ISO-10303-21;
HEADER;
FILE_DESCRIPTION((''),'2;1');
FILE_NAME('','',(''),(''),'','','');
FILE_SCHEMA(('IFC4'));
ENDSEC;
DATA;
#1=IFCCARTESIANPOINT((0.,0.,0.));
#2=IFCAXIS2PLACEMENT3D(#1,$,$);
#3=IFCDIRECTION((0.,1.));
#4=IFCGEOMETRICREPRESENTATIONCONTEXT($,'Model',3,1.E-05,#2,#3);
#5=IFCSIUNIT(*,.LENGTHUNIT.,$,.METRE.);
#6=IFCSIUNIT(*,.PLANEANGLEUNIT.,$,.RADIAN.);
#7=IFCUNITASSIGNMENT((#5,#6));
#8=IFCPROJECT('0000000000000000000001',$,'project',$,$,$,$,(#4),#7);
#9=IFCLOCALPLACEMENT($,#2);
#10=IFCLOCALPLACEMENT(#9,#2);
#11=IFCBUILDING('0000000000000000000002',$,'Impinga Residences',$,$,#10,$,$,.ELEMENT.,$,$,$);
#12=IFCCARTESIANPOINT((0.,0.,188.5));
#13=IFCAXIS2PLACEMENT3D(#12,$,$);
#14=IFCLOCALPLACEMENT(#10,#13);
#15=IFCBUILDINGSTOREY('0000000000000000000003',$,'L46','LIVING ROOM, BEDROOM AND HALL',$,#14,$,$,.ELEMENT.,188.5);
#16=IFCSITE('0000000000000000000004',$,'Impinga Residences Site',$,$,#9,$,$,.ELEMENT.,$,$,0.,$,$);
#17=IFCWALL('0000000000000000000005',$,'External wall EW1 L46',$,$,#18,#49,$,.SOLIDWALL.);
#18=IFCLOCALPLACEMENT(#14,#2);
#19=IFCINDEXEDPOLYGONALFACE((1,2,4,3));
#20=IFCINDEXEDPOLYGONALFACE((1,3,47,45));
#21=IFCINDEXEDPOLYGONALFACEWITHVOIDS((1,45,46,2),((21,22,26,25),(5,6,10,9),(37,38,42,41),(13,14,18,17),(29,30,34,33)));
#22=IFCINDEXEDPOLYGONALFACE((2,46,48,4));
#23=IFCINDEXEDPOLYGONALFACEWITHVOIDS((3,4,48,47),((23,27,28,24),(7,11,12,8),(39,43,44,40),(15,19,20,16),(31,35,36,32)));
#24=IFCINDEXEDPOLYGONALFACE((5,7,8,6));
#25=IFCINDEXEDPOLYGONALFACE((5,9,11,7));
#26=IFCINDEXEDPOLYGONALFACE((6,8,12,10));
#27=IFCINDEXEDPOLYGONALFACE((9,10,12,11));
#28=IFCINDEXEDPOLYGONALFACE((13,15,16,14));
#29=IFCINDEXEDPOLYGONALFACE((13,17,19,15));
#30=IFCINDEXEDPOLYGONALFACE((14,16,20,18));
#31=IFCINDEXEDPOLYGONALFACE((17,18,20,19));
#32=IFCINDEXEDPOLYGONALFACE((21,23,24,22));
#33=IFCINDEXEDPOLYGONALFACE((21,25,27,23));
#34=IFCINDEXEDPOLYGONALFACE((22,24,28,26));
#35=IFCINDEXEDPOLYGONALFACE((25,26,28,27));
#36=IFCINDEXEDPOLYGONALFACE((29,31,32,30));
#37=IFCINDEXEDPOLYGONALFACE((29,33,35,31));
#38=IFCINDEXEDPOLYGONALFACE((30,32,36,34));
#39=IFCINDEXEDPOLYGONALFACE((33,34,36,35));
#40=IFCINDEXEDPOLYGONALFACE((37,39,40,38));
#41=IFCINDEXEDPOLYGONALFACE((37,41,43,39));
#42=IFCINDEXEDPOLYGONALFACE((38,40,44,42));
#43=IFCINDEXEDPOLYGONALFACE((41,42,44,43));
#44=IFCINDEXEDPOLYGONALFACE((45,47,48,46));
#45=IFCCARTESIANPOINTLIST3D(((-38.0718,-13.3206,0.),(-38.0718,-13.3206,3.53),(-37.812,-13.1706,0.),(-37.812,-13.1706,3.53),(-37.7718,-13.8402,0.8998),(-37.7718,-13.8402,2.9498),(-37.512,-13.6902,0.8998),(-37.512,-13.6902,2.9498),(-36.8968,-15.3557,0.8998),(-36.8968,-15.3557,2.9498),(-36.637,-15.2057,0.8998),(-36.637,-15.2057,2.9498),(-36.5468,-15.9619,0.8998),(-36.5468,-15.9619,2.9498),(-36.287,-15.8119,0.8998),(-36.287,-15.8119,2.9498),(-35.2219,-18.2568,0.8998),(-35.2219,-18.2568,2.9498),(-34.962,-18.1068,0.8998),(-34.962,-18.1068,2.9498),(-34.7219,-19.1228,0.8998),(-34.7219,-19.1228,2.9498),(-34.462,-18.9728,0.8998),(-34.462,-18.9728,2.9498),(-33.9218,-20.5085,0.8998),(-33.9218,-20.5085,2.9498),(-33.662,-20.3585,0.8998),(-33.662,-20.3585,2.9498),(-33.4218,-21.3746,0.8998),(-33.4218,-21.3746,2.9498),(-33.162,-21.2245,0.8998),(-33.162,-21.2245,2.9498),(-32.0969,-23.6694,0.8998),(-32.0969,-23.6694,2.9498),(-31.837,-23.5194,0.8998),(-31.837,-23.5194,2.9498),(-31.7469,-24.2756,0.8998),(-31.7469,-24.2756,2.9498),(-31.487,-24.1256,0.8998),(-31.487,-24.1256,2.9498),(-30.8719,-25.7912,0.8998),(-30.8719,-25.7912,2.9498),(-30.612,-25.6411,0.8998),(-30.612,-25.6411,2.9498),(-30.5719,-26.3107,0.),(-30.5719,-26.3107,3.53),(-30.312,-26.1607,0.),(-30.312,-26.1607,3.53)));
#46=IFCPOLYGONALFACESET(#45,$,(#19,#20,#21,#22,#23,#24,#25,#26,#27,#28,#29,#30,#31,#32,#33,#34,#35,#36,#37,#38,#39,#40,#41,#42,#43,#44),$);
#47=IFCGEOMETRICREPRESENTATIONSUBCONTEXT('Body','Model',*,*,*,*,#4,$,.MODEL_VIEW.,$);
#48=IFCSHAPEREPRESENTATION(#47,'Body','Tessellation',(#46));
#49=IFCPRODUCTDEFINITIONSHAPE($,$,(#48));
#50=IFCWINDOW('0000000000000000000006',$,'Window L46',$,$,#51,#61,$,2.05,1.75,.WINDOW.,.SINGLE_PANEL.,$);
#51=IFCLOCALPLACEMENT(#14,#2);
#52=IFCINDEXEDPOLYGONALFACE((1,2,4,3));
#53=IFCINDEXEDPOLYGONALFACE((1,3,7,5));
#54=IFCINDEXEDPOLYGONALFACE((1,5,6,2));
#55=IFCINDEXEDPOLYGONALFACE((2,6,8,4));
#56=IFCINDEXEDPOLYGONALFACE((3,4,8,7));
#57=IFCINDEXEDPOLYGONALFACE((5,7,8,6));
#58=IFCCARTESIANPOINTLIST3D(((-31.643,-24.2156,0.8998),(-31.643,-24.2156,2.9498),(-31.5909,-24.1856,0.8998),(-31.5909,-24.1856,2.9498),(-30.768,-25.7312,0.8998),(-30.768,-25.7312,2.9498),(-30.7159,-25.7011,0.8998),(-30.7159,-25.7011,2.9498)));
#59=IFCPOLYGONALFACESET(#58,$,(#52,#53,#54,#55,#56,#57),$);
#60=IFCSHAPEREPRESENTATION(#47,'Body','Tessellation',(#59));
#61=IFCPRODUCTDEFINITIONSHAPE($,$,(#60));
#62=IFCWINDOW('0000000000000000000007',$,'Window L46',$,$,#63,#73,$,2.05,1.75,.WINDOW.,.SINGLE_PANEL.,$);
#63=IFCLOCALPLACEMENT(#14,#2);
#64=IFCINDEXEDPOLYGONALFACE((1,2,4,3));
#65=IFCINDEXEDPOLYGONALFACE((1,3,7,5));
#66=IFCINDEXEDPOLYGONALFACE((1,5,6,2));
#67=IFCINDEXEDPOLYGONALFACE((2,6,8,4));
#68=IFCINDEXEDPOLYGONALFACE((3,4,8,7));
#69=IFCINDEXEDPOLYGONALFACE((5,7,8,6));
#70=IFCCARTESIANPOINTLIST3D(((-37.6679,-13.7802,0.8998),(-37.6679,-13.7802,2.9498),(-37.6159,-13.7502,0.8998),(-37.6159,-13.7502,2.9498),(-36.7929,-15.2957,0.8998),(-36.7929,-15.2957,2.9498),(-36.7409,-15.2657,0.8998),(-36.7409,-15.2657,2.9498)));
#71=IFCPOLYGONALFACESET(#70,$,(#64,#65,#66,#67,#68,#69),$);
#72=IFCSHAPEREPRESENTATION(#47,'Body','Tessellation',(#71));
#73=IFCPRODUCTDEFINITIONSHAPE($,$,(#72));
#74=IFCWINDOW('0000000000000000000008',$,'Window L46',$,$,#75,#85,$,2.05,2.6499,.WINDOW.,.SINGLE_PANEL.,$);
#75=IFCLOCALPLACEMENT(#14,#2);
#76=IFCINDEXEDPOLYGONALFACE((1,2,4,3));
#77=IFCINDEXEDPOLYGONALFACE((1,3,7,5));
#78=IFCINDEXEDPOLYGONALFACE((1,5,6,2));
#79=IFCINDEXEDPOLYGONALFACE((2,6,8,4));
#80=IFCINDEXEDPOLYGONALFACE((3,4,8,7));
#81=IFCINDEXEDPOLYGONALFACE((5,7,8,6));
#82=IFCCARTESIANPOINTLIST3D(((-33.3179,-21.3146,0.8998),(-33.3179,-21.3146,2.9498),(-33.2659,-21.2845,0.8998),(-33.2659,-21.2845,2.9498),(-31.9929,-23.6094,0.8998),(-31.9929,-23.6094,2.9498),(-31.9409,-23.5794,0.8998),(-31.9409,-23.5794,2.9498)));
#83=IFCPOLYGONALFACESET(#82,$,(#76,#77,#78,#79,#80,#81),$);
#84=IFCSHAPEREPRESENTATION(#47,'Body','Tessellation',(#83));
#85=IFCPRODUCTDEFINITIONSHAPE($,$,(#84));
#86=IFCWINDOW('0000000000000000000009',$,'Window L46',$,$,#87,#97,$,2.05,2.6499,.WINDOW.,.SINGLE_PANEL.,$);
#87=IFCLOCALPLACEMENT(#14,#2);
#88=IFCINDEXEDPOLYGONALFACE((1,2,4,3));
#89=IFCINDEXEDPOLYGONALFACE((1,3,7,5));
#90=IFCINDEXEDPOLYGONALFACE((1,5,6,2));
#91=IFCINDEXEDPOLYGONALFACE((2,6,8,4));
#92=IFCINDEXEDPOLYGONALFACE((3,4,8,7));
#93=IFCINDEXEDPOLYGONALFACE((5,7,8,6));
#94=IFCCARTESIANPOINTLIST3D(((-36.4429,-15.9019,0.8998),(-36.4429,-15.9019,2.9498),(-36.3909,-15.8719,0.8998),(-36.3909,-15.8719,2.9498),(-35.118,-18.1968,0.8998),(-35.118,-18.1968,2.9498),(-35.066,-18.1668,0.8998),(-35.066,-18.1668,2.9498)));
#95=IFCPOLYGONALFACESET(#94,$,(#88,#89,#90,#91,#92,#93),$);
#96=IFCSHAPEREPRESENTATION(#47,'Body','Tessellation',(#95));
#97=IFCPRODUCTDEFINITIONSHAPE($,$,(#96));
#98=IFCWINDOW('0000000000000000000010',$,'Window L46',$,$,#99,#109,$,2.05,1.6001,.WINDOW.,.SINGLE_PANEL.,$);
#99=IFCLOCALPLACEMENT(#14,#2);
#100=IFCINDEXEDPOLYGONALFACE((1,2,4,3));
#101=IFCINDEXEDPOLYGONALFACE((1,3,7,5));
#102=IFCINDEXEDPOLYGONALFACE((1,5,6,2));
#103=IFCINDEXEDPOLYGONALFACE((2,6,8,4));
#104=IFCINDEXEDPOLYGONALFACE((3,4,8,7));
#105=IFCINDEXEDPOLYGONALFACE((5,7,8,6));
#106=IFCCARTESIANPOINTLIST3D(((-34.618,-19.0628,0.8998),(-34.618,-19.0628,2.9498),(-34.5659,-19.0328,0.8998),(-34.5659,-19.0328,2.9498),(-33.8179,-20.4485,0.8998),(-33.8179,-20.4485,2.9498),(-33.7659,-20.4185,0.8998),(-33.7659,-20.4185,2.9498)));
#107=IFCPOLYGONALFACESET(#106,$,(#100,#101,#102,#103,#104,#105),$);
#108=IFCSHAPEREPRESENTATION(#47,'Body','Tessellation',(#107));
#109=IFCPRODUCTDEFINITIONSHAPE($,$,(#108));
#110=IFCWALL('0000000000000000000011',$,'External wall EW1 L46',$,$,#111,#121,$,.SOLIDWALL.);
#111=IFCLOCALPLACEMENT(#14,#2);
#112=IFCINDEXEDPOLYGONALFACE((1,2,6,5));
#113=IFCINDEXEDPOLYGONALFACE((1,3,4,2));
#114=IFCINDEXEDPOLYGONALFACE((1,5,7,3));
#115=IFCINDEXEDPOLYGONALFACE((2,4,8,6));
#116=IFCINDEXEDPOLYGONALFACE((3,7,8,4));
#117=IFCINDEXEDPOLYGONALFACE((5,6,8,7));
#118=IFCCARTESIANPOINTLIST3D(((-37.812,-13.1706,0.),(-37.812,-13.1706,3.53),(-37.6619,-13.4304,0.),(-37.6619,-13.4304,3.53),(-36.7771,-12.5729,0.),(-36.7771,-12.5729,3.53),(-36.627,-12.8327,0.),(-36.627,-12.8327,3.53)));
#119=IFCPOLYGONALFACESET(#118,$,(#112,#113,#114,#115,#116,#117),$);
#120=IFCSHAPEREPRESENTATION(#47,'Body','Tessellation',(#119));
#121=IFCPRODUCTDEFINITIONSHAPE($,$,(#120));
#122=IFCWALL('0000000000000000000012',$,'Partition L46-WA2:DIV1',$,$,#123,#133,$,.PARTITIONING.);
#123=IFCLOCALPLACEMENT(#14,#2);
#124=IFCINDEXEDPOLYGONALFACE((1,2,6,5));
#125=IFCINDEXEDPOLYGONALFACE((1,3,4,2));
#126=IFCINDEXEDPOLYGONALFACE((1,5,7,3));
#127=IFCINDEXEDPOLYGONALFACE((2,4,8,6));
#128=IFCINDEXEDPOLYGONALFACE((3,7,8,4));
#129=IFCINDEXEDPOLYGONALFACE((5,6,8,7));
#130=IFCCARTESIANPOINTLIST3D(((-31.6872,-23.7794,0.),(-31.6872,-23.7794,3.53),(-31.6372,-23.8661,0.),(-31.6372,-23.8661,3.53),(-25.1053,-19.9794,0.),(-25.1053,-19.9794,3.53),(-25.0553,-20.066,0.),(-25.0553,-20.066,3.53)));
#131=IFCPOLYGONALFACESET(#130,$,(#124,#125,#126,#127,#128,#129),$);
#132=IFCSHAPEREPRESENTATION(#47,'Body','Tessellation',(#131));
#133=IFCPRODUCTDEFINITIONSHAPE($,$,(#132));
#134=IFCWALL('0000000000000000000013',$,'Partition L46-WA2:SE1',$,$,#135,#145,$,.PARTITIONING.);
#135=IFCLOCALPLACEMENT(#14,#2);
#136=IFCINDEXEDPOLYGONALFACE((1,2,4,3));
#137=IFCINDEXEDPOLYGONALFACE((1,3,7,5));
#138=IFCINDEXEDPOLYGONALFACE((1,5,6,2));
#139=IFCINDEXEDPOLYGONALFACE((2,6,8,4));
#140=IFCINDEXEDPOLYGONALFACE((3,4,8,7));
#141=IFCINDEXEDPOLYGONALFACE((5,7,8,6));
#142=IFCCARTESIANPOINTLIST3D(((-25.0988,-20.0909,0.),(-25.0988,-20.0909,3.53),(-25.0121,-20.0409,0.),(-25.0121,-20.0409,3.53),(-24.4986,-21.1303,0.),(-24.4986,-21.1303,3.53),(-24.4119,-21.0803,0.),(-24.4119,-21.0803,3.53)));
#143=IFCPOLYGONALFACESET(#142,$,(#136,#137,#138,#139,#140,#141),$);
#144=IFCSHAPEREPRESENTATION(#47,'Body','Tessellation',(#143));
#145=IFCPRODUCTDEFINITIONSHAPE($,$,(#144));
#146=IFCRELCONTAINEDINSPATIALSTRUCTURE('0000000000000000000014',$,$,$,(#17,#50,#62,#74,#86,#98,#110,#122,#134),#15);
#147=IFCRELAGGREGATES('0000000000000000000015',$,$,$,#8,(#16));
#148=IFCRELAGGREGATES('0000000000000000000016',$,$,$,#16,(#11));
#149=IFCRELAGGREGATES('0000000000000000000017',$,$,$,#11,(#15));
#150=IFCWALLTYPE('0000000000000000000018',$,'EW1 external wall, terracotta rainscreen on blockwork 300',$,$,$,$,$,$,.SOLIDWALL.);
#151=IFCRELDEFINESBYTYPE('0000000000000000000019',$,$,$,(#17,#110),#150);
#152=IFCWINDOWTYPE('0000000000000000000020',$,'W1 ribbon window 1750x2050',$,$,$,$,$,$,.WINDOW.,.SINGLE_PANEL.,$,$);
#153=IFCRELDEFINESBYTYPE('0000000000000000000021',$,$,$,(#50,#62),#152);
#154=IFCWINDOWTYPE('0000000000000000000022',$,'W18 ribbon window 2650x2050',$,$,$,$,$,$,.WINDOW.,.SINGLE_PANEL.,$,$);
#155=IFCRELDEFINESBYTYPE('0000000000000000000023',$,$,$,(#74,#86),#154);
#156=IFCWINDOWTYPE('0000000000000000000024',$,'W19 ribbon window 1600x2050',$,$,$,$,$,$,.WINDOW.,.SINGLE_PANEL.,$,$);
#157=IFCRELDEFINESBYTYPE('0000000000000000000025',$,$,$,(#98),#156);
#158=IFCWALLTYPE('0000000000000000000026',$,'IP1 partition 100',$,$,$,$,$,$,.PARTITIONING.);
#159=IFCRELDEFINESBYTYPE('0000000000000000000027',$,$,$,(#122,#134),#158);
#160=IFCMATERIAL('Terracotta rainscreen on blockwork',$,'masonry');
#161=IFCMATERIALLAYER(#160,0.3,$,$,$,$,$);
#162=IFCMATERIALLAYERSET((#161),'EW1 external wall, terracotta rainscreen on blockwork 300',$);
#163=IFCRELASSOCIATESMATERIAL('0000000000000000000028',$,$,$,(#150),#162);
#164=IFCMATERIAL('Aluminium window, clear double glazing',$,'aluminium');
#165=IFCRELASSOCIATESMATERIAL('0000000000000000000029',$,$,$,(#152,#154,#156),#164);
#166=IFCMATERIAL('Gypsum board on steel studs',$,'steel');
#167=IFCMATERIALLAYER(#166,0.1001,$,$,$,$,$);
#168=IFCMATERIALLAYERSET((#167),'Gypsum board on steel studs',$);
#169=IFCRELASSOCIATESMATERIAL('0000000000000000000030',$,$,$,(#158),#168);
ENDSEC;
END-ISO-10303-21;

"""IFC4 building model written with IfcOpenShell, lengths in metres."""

from ifc_helpers import new_model, si_unit, direction, frame, frame_2d, origin, place, context, subcontext, project, spatial, rectangle, extrude, material, layer, layer_set, type_object, element, fill, save


model = new_model("IFC4")

# Units and contexts
model_context = context("Model", 3, precision=1e-05, world=origin(), true_north=direction((0.0, 1.0)))
body_context = subcontext(model_context, "Body", "Model", "MODEL_VIEW")
ifc_project = project(units=[si_unit("LENGTHUNIT", "METRE"), si_unit("PLANEANGLEUNIT", "RADIAN")], contexts=[model_context])

# Site, building, storey
site_placement = place(None, origin())
site = spatial("IfcSite", under=ifc_project, at=site_placement, Name="Impinga Residences Site", CompositionType="ELEMENT", RefElevation=0.0)
building_placement = place(site_placement, origin())
building = spatial("IfcBuilding", under=site, at=building_placement, Name="Impinga Residences", CompositionType="ELEMENT")
storey_placement = place(building_placement, frame((0.0, 0.0, 188.5)))
storey = spatial("IfcBuildingStorey", under=building, at=storey_placement, Name="L46", Description="LIVING ROOM, BEDROOM AND HALL", CompositionType="ELEMENT", Elevation=188.5)

# Shared definitions
ifc_material_1 = material(Name="Terracotta rainscreen on blockwork", Category="masonry")
ifc_layer_1 = layer(ifc_material_1, 0.3)
ifc_layer_set_1 = layer_set([ifc_layer_1], Name="EW1 external wall, terracotta rainscreen on blockwork 300")
wall_type_1 = type_object("IfcWallType", Name="EW1 external wall, terracotta rainscreen on blockwork 300", PredefinedType="SOLIDWALL", material=ifc_layer_set_1)

# Wall, openings, windows
wall_1_placement = place(storey_placement, frame((-30.4419, -26.2358, 0.0), z_axis=(0.0, 0.0, 1.0), x_axis=(-0.500004, 0.866023, 0.0)))
wall_1 = element("IfcWall", 1, at=wall_1_placement, inside=storey, type_object=wall_type_1, Name="External wall EW1 L46", PredefinedType="SOLIDWALL", context=body_context, shape_type="SweptSolid", body=[
    extrude(rectangle(XDim=14.9998, YDim=0.3, at=frame_2d((7.5, 0.0))), origin(), (0.0, 0.0, 1.0), 3.53),
])
opening_1_placement = place(wall_1_placement, frame((0.6001, 0.0, 0.8999)))
opening_1 = element("IfcOpeningElement", 2, at=opening_1_placement, cuts=wall_1, PredefinedType="OPENING", context=body_context, shape_type="SweptSolid", body=[
    extrude(rectangle(XDim=1.75, YDim=2.05, at=frame_2d((0.875, 1.0249))), frame((0.0, 0.1599, 0.0), z_axis=(0.0, -1.0, 0.0), x_axis=(1.0, 0.0, 0.0)), (0.0, 0.0, 1.0), 0.3201),
])
opening_2_placement = place(wall_1_placement, frame((3.05, 0.0, 0.8999)))
opening_2 = element("IfcOpeningElement", 3, at=opening_2_placement, cuts=wall_1, PredefinedType="OPENING", context=body_context, shape_type="SweptSolid", body=[
    extrude(rectangle(XDim=2.6499, YDim=2.05, at=frame_2d((1.325, 1.0249))), frame((0.0, 0.1599, 0.0), z_axis=(0.0, -1.0, 0.0), x_axis=(1.0, 0.0, 0.0)), (0.0, 0.0, 1.0), 0.3201),
])
opening_3_placement = place(wall_1_placement, frame((6.7, 0.0, 0.8999)))
opening_3 = element("IfcOpeningElement", 4, at=opening_3_placement, cuts=wall_1, PredefinedType="OPENING", context=body_context, shape_type="SweptSolid", body=[
    extrude(rectangle(XDim=1.6001, YDim=2.05, at=frame_2d((0.8, 1.0249))), frame((0.0, 0.1599, 0.0), z_axis=(0.0, -1.0, 0.0), x_axis=(1.0, 0.0, 0.0)), (0.0, 0.0, 1.0), 0.3201),
])
opening_4_placement = place(wall_1_placement, frame((9.3, 0.0, 0.8999)))
opening_4 = element("IfcOpeningElement", 5, at=opening_4_placement, cuts=wall_1, PredefinedType="OPENING", context=body_context, shape_type="SweptSolid", body=[
    extrude(rectangle(XDim=2.6499, YDim=2.05, at=frame_2d((1.325, 1.0249))), frame((0.0, 0.1599, 0.0), z_axis=(0.0, -1.0, 0.0), x_axis=(1.0, 0.0, 0.0)), (0.0, 0.0, 1.0), 0.3201),
])
opening_5_placement = place(wall_1_placement, frame((12.6499, 0.0, 0.8999)))
opening_5 = element("IfcOpeningElement", 6, at=opening_5_placement, cuts=wall_1, PredefinedType="OPENING", context=body_context, shape_type="SweptSolid", body=[
    extrude(rectangle(XDim=1.75, YDim=2.05, at=frame_2d((0.875, 1.0249))), frame((0.0, 0.1599, 0.0), z_axis=(0.0, -1.0, 0.0), x_axis=(1.0, 0.0, 0.0)), (0.0, 0.0, 1.0), 0.3201),
])
ifc_material_2 = material(Name="Aluminium window, clear double glazing", Category="aluminium")
window_type_1 = type_object("IfcWindowType", Name="W1 ribbon window 1750x2050", PartitioningType="SINGLE_PANEL", PredefinedType="WINDOW", material=ifc_material_2)
window_1_placement = place(opening_1_placement, origin())
window_1 = element("IfcWindow", 7, at=window_1_placement, inside=storey, type_object=window_type_1, Name="Window L46", OverallHeight=2.05, OverallWidth=1.75, PartitioningType="SINGLE_PANEL", PredefinedType="WINDOW", context=body_context, shape_type="SweptSolid", body=[
    extrude(rectangle(XDim=1.75, YDim=2.05, at=frame_2d((0.875, 1.0249))), frame((0.0, 0.03, 0.0), z_axis=(0.0, -1.0, 0.0), x_axis=(1.0, 0.0, 0.0)), (0.0, 0.0, 1.0), 0.0601),
])
fill(opening_1, window_1)
window_2_placement = place(opening_5_placement, origin())
window_2 = element("IfcWindow", 8, at=window_2_placement, inside=storey, type_object=window_type_1, Name="Window L46", OverallHeight=2.05, OverallWidth=1.75, PartitioningType="SINGLE_PANEL", PredefinedType="WINDOW", context=body_context, shape_type="SweptSolid", body=[
    extrude(rectangle(XDim=1.75, YDim=2.05, at=frame_2d((0.875, 1.0249))), frame((0.0, 0.03, 0.0), z_axis=(0.0, -1.0, 0.0), x_axis=(1.0, 0.0, 0.0)), (0.0, 0.0, 1.0), 0.0601),
])
fill(opening_5, window_2)
window_type_2 = type_object("IfcWindowType", Name="W18 ribbon window 2650x2050", PartitioningType="SINGLE_PANEL", PredefinedType="WINDOW", material=ifc_material_2)
window_3_placement = place(opening_2_placement, origin())
window_3 = element("IfcWindow", 9, at=window_3_placement, inside=storey, type_object=window_type_2, Name="Window L46", OverallHeight=2.05, OverallWidth=2.6499, PartitioningType="SINGLE_PANEL", PredefinedType="WINDOW", context=body_context, shape_type="SweptSolid", body=[
    extrude(rectangle(XDim=2.6499, YDim=2.05, at=frame_2d((1.325, 1.0249))), frame((0.0, 0.03, 0.0), z_axis=(0.0, -1.0, 0.0), x_axis=(1.0, 0.0, 0.0)), (0.0, 0.0, 1.0), 0.0601),
])
fill(opening_2, window_3)
window_4_placement = place(opening_4_placement, origin())
window_4 = element("IfcWindow", 10, at=window_4_placement, inside=storey, type_object=window_type_2, Name="Window L46", OverallHeight=2.05, OverallWidth=2.6499, PartitioningType="SINGLE_PANEL", PredefinedType="WINDOW", context=body_context, shape_type="SweptSolid", body=[
    extrude(rectangle(XDim=2.6499, YDim=2.05, at=frame_2d((1.325, 1.0249))), frame((0.0, 0.03, 0.0), z_axis=(0.0, -1.0, 0.0), x_axis=(1.0, 0.0, 0.0)), (0.0, 0.0, 1.0), 0.0601),
])
fill(opening_4, window_4)
window_type_3 = type_object("IfcWindowType", Name="W19 ribbon window 1600x2050", PartitioningType="SINGLE_PANEL", PredefinedType="WINDOW", material=ifc_material_2)
window_5_placement = place(opening_3_placement, origin())
window_5 = element("IfcWindow", 11, at=window_5_placement, inside=storey, type_object=window_type_3, Name="Window L46", OverallHeight=2.05, OverallWidth=1.6001, PartitioningType="SINGLE_PANEL", PredefinedType="WINDOW", context=body_context, shape_type="SweptSolid", body=[
    extrude(rectangle(XDim=1.6001, YDim=2.05, at=frame_2d((0.8, 1.0249))), frame((0.0, 0.03, 0.0), z_axis=(0.0, -1.0, 0.0), x_axis=(1.0, 0.0, 0.0)), (0.0, 0.0, 1.0), 0.0601),
])
fill(opening_3, window_5)

# Walls
wall_2_placement = place(storey_placement, frame((-37.7371, -13.3005, 0.0), z_axis=(0.0, 0.0, 1.0), x_axis=(0.865971, 0.500094, 0.0)))
element("IfcWall", 12, at=wall_2_placement, inside=storey, type_object=wall_type_1, Name="External wall EW1 L46", PredefinedType="SOLIDWALL", context=body_context, shape_type="SweptSolid", body=[
    extrude(rectangle(XDim=1.1951, YDim=0.3, at=frame_2d((0.5977, 0.0))), origin(), (0.0, 0.0, 1.0), 3.53),
])
ifc_material_3 = material(Name="Gypsum board on steel studs", Category="steel")
ifc_layer_2 = layer(ifc_material_3, 0.1001)
ifc_layer_set_2 = layer_set([ifc_layer_2], Name="Gypsum board on steel studs")
wall_type_2 = type_object("IfcWallType", Name="IP1 partition 100", PredefinedType="PARTITIONING", material=ifc_layer_set_2)
wall_3_placement = place(storey_placement, frame((-25.0803, -20.0227, 0.0), z_axis=(0.0, 0.0, 1.0), x_axis=(-0.866022, -0.500005, 0.0)))
element("IfcWall", 13, at=wall_3_placement, inside=storey, type_object=wall_type_2, Name="Partition L46-WA2:DIV1", PredefinedType="PARTITIONING", context=body_context, shape_type="SweptSolid", body=[
    extrude(rectangle(XDim=7.6001, YDim=0.1001, at=frame_2d((3.8, 0.0))), origin(), (0.0, 0.0, 1.0), 3.53),
])
wall_4_placement = place(storey_placement, frame((-25.0554, -20.0659, 0.0), z_axis=(0.0, 0.0, 1.0), x_axis=(0.500034, -0.866006, 0.0)))
element("IfcWall", 14, at=wall_4_placement, inside=storey, type_object=wall_type_2, Name="Partition L46-WA2:SE1", PredefinedType="PARTITIONING", context=body_context, shape_type="SweptSolid", body=[
    extrude(rectangle(XDim=1.2002, YDim=0.1001, at=frame_2d((0.6001, 0.0))), origin(), (0.0, 0.0, 1.0), 3.53),
])

save(model, "model.ifc")
